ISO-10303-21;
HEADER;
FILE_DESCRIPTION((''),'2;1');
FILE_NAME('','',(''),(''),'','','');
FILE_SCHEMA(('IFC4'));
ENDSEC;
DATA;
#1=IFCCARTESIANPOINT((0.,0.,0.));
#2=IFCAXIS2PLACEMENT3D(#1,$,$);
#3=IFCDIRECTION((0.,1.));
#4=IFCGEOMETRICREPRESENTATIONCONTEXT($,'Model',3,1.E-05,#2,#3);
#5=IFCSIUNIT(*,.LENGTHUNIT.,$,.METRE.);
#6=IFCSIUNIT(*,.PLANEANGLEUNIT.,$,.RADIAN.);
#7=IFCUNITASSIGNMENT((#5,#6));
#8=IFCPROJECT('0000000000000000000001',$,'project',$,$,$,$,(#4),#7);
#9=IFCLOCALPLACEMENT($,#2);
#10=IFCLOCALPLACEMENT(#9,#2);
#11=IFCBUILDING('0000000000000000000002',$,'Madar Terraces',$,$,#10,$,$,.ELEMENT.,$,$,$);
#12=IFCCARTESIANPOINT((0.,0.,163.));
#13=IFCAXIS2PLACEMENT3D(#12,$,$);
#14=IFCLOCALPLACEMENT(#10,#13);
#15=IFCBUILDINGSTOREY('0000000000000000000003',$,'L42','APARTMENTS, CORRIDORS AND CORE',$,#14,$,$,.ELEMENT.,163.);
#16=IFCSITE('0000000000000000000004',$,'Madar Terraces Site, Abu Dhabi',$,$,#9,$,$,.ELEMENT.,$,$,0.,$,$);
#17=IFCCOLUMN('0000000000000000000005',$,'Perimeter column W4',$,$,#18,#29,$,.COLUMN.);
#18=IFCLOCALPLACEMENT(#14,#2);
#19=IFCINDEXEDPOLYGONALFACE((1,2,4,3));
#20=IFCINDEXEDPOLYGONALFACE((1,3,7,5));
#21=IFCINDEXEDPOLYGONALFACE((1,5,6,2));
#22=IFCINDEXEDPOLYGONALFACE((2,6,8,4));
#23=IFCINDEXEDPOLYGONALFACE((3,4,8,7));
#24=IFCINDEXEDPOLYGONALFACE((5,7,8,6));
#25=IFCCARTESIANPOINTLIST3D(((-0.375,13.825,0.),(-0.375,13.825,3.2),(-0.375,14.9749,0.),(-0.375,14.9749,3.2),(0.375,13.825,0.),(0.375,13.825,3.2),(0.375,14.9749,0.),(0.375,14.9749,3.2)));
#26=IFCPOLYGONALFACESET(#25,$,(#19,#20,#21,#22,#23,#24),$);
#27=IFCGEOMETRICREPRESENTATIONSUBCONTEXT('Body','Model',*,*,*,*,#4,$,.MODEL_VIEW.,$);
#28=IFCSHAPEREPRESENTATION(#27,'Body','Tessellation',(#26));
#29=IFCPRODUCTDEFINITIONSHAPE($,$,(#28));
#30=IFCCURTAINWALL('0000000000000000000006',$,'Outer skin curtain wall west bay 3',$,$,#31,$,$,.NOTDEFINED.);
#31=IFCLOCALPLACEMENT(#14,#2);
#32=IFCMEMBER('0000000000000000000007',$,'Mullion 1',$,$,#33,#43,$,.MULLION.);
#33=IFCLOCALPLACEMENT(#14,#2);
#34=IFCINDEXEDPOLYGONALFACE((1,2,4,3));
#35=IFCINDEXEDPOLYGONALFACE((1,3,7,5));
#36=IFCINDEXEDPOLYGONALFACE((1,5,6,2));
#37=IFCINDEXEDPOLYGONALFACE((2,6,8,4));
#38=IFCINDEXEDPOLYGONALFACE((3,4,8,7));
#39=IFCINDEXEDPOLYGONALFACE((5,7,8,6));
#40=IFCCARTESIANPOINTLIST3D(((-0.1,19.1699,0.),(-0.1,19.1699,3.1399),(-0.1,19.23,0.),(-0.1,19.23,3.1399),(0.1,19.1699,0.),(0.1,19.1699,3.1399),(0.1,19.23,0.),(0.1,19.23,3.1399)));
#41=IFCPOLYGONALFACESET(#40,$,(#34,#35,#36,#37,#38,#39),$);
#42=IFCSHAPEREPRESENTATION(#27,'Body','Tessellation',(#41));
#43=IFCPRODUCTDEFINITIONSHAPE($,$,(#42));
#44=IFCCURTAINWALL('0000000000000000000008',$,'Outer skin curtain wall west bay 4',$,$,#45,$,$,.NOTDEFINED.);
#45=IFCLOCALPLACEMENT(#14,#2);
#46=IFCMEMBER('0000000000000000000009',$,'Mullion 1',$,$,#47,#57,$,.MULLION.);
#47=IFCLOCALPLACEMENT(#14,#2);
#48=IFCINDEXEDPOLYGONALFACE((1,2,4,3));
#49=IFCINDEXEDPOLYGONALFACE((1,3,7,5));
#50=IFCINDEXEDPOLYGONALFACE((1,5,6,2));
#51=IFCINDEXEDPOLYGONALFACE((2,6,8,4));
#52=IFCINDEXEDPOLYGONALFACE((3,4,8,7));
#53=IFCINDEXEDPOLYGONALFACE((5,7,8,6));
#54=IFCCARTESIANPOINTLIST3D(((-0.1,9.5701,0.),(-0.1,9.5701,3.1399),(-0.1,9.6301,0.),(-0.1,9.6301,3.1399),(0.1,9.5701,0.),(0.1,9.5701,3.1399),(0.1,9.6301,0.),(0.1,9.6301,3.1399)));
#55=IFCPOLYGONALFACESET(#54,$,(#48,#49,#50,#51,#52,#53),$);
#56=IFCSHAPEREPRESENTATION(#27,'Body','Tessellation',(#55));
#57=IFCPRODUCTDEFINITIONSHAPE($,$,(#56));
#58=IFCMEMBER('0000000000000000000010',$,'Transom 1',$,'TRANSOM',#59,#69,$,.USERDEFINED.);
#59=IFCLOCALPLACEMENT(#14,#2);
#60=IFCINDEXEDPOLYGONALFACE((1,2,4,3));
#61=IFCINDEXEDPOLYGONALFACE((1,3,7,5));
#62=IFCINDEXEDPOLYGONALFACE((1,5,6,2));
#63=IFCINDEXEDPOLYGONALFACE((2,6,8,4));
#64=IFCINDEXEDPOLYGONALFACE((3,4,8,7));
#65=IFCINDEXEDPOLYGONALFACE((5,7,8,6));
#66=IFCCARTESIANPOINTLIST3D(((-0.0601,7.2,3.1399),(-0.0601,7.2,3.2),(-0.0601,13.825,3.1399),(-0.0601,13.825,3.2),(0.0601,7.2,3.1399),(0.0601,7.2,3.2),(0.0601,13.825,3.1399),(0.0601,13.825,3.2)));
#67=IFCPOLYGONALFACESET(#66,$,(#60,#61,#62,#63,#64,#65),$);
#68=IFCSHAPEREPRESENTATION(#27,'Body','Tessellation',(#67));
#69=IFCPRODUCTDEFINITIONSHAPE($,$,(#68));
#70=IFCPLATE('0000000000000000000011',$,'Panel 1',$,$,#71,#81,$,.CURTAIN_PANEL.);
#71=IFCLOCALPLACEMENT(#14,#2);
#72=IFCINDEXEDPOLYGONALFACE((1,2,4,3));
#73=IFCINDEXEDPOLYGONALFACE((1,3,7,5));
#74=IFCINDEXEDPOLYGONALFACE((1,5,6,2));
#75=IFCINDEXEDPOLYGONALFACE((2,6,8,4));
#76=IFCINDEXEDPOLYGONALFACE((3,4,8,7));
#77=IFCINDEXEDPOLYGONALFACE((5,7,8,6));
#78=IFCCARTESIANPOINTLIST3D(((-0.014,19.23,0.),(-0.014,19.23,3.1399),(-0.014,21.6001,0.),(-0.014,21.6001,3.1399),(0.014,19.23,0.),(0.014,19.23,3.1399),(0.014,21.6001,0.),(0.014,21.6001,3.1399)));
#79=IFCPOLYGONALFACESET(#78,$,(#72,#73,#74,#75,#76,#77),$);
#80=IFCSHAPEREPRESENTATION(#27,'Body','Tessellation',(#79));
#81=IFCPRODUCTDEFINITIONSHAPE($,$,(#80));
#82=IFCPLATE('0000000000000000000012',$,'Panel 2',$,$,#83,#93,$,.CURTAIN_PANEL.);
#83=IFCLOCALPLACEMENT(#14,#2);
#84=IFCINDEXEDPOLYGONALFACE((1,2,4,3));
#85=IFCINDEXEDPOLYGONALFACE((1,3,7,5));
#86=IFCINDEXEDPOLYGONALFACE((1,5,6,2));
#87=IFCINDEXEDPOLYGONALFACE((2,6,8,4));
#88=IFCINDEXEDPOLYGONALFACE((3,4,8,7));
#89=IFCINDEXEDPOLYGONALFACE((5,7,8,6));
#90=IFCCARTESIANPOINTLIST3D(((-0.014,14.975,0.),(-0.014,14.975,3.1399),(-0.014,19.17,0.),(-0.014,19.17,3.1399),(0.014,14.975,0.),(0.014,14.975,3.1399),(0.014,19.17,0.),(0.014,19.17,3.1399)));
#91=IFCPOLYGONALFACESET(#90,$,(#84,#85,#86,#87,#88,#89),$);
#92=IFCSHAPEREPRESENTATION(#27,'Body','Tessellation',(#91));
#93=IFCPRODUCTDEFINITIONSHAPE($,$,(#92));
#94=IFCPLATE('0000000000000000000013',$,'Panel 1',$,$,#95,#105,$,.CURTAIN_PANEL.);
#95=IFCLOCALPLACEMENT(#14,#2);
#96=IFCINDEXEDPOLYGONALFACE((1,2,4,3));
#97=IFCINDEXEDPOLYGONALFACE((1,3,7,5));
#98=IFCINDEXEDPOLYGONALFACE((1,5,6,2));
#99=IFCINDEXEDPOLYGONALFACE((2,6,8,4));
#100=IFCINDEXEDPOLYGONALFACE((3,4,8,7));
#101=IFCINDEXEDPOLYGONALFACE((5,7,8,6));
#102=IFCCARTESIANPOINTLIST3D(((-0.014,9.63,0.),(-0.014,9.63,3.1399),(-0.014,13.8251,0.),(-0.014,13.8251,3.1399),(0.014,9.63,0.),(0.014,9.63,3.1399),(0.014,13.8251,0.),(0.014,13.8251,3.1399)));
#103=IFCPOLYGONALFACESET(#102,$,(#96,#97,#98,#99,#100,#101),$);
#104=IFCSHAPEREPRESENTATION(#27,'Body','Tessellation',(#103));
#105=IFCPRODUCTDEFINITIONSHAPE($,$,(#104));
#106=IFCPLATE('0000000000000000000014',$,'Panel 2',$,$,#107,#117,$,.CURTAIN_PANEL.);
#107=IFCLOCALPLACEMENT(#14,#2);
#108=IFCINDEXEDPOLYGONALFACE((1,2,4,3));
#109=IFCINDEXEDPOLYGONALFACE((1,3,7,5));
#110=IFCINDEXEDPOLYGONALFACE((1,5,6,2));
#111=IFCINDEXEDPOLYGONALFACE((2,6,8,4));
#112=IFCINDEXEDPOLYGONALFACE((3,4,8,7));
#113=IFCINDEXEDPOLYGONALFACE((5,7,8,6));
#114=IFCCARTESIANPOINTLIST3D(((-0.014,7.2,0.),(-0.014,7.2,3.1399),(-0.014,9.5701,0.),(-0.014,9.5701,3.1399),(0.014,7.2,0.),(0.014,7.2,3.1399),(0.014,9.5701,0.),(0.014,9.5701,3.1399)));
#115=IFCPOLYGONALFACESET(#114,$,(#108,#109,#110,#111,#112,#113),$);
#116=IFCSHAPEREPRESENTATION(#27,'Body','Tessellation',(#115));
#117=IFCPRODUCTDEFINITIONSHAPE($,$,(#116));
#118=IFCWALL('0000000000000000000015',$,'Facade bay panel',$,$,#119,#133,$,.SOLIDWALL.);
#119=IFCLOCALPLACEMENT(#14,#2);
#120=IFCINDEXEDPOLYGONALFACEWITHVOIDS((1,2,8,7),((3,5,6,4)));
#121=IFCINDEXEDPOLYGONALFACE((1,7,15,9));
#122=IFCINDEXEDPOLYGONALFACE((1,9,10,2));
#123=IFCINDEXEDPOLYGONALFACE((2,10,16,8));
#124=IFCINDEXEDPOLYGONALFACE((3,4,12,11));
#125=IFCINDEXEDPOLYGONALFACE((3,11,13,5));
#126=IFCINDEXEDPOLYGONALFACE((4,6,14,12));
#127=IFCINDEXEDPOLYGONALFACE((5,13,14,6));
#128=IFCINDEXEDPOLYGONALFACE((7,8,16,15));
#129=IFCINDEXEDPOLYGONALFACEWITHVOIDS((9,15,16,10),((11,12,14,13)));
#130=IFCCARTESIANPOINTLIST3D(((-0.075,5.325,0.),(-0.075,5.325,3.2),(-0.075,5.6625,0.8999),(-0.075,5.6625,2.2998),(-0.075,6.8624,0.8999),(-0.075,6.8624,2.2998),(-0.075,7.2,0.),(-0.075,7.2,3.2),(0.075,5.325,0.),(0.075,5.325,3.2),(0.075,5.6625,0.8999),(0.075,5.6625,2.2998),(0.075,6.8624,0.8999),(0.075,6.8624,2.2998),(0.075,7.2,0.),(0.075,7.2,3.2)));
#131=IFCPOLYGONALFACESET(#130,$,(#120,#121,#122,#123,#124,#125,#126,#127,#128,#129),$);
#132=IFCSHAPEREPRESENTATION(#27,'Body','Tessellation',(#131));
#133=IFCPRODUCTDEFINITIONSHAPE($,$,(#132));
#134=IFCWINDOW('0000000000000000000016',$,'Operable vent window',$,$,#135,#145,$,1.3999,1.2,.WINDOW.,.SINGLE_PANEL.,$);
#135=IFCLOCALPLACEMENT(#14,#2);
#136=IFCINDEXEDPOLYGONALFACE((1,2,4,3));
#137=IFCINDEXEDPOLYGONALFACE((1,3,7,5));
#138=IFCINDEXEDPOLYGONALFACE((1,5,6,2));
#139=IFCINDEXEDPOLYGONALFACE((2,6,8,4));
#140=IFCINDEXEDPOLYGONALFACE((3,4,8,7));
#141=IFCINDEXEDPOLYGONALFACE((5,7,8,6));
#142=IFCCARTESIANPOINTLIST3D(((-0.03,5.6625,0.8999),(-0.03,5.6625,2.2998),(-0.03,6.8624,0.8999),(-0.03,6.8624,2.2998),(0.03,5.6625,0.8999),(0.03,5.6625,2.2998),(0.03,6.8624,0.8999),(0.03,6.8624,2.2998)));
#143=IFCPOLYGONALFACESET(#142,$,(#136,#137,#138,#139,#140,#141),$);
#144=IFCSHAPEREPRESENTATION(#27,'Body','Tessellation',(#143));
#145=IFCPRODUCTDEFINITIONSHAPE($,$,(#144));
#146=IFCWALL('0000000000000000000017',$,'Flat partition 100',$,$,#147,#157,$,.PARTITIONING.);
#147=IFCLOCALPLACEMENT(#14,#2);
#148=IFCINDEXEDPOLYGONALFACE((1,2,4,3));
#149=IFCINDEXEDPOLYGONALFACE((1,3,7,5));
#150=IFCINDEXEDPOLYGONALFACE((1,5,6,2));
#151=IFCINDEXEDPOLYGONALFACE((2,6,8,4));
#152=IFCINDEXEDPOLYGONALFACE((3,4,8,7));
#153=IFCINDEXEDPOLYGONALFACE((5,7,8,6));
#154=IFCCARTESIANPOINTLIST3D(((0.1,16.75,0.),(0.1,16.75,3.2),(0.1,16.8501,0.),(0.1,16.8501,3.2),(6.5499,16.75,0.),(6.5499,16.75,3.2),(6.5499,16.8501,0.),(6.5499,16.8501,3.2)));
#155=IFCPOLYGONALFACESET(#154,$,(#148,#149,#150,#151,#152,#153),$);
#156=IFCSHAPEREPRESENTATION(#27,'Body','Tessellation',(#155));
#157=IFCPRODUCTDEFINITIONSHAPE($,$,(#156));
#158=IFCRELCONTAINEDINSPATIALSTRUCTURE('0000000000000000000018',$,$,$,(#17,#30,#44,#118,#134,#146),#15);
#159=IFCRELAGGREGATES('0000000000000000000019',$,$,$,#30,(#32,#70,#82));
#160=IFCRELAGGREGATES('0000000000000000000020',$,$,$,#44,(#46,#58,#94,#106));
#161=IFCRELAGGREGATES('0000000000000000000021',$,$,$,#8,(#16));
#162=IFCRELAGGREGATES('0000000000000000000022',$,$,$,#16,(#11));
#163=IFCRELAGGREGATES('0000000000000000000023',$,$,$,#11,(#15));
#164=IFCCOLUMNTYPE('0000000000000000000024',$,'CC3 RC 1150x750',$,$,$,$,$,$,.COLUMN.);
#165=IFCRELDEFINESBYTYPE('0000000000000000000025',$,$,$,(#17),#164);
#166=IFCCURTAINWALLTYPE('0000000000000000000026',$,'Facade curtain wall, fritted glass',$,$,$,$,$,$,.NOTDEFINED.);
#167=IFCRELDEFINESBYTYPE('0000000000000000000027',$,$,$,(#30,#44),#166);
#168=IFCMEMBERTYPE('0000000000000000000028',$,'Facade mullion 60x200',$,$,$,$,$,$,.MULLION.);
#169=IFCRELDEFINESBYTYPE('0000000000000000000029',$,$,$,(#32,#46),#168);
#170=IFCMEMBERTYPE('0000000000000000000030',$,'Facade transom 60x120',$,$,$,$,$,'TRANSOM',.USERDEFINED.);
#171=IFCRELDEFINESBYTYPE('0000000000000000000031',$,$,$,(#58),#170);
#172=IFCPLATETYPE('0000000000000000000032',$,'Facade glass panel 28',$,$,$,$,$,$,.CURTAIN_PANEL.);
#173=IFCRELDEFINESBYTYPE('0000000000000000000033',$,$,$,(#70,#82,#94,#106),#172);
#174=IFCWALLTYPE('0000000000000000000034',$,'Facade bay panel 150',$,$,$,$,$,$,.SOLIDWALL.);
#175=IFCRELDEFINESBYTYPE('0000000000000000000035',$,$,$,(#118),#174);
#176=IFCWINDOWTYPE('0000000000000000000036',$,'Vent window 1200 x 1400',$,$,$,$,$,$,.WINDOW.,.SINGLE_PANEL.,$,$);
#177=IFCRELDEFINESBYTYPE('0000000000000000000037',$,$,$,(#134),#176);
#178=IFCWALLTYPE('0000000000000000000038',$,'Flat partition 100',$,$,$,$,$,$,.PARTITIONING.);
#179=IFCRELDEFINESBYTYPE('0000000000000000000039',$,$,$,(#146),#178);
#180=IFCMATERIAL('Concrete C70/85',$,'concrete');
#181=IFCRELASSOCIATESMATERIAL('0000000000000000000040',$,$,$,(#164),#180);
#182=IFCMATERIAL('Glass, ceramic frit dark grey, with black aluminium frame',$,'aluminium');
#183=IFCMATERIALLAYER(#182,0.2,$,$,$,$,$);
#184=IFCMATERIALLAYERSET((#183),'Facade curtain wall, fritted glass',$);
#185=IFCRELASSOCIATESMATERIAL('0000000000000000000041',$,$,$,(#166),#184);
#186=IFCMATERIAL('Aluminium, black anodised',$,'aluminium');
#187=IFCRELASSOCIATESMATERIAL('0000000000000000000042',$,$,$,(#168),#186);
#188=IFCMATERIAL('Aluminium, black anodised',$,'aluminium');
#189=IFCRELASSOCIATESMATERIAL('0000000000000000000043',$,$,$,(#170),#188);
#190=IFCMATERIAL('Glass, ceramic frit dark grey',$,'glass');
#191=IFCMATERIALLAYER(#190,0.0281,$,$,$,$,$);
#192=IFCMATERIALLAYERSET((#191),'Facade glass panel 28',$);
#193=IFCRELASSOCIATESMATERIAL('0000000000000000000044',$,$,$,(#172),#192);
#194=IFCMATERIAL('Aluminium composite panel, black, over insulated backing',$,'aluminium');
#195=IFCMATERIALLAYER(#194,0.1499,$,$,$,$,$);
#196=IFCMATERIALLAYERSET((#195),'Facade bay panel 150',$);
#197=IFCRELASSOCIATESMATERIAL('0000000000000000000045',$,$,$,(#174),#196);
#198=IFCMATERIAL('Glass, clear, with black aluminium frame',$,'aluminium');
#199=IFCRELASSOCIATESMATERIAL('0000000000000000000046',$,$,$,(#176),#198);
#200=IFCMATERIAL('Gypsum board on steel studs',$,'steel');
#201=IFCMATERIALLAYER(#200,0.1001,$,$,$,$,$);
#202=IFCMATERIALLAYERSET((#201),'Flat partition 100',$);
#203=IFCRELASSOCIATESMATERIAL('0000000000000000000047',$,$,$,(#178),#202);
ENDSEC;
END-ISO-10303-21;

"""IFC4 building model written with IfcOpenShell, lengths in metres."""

from ifc_helpers import new_model, si_unit, direction, frame, frame_2d, origin, origin_2d, place, context, subcontext, project, spatial, rectangle, extrude, material, layer, layer_set, material_profile, profile_set, type_object, element, fill, aggregate, save


model = new_model("IFC4")

# Units and contexts
model_context = context("Model", 3, precision=1e-05, world=origin(), true_north=direction((0.0, 1.0)))
body_context = subcontext(model_context, "Body", "Model", "MODEL_VIEW")
ifc_project = project(units=[si_unit("LENGTHUNIT", "METRE"), si_unit("PLANEANGLEUNIT", "RADIAN")], contexts=[model_context])

# Site, building, storey
site_placement = place(None, origin())
site = spatial("IfcSite", under=ifc_project, at=site_placement, Name="Madar Terraces Site, Abu Dhabi", CompositionType="ELEMENT", RefElevation=0.0)
building_placement = place(site_placement, origin())
building = spatial("IfcBuilding", under=site, at=building_placement, Name="Madar Terraces", CompositionType="ELEMENT")
storey_placement = place(building_placement, frame((0.0, 0.0, 163.0)))
storey = spatial("IfcBuildingStorey", under=building, at=storey_placement, Name="L42", Description="APARTMENTS, CORRIDORS AND CORE", CompositionType="ELEMENT", Elevation=163.0)

# Column
ifc_material_1 = material(Name="Concrete C70/85", Category="concrete")
ifc_material_profile_1 = material_profile(ifc_material_1, rectangle(XDim=1.1499, YDim=0.75, at=origin_2d()), Name="CC3 RC 1150x750")
ifc_profile_set_1 = profile_set([ifc_material_profile_1], Name="Concrete C70/85")
column_type = type_object("IfcColumnType", Name="CC3 RC 1150x750", PredefinedType="COLUMN", material=ifc_profile_set_1)
column_placement = place(storey_placement, frame((0.0, 14.3999, 0.0), z_axis=(0.0, 0.0, 1.0), x_axis=(0.0, 1.0, 0.0)))
element("IfcColumn", 1, at=column_placement, inside=storey, type_object=column_type, Name="Perimeter column W4", PredefinedType="COLUMN", context=body_context, shape_type="SweptSolid", body=[
    extrude(rectangle(XDim=1.1499, YDim=0.75, at=origin_2d()), origin(), (0.0, 0.0, 1.0), 3.2),
])

# Curtain wall, member
ifc_material_2 = material(Name="Glass, ceramic frit dark grey, with black aluminium frame", Category="aluminium")
ifc_layer_1 = layer(ifc_material_2, 0.2)
ifc_layer_set_1 = layer_set([ifc_layer_1], Name="Facade curtain wall, fritted glass")
curtain_wall_type = type_object("IfcCurtainWallType", Name="Facade curtain wall, fritted glass", PredefinedType="NOTDEFINED", material=ifc_layer_set_1)
curtain_wall_1_placement = place(storey_placement, origin())
curtain_wall_1 = element("IfcCurtainWall", 2, at=curtain_wall_1_placement, inside=storey, type_object=curtain_wall_type, Name="Outer skin curtain wall west bay 3", PredefinedType="NOTDEFINED")
ifc_material_3 = material(Name="Aluminium, black anodised", Category="aluminium")
ifc_material_profile_2 = material_profile(ifc_material_3, rectangle(XDim=0.2, YDim=0.0601, at=origin_2d()), Name="Facade mullion 60x200")
ifc_profile_set_2 = profile_set([ifc_material_profile_2], Name="Aluminium, black anodised")
member_type_1 = type_object("IfcMemberType", Name="Facade mullion 60x200", PredefinedType="MULLION", material=ifc_profile_set_2)
member_1_placement = place(storey_placement, frame((0.0, 19.2, 0.0), z_axis=(0.0, 0.0, 1.0), x_axis=(1.0, 0.0, 0.0)))
member_1 = element("IfcMember", 3, at=member_1_placement, type_object=member_type_1, Name="Mullion 1", PredefinedType="MULLION", context=body_context, shape_type="SweptSolid", body=[
    extrude(rectangle(XDim=0.2, YDim=0.0601, at=origin_2d()), origin(), (0.0, 0.0, 1.0), 3.1399),
])

# Curtain wall, members
curtain_wall_2_placement = place(storey_placement, origin())
curtain_wall_2 = element("IfcCurtainWall", 4, at=curtain_wall_2_placement, inside=storey, type_object=curtain_wall_type, Name="Outer skin curtain wall west bay 4", PredefinedType="NOTDEFINED")
member_2_placement = place(storey_placement, frame((0.0, 9.6001, 0.0), z_axis=(0.0, 0.0, 1.0), x_axis=(1.0, 0.0, 0.0)))
member_2 = element("IfcMember", 5, at=member_2_placement, type_object=member_type_1, Name="Mullion 1", PredefinedType="MULLION", context=body_context, shape_type="SweptSolid", body=[
    extrude(rectangle(XDim=0.2, YDim=0.0601, at=origin_2d()), origin(), (0.0, 0.0, 1.0), 3.1399),
])
ifc_material_4 = material(Name="Aluminium, black anodised", Category="aluminium")
ifc_material_profile_3 = material_profile(ifc_material_4, rectangle(XDim=0.1201, YDim=0.0601, at=origin_2d()), Name="Facade transom 60x120")
ifc_profile_set_3 = profile_set([ifc_material_profile_3], Name="Aluminium, black anodised")
member_type_2 = type_object("IfcMemberType", Name="Facade transom 60x120", ElementType="TRANSOM", PredefinedType="USERDEFINED", material=ifc_profile_set_3)
member_3_placement = place(storey_placement, frame((0.0, 13.825, 3.1699), z_axis=(0.0, -1.0, 0.0), x_axis=(1.0, 0.0, 0.0)))
member_3 = element("IfcMember", 6, at=member_3_placement, type_object=member_type_2, Name="Transom 1", ObjectType="TRANSOM", PredefinedType="USERDEFINED", context=body_context, shape_type="SweptSolid", body=[
    extrude(rectangle(XDim=0.1201, YDim=0.0601, at=origin_2d()), origin(), (0.0, 0.0, 1.0), 6.625),
])

# Plates
ifc_material_5 = material(Name="Glass, ceramic frit dark grey", Category="glass")
ifc_layer_2 = layer(ifc_material_5, 0.0281)
ifc_layer_set_2 = layer_set([ifc_layer_2], Name="Facade glass panel 28")
plate_type = type_object("IfcPlateType", Name="Facade glass panel 28", PredefinedType="CURTAIN_PANEL", material=ifc_layer_set_2)
plate_1_placement = place(storey_placement, frame((0.0, 20.415, 0.0), z_axis=(0.0, 0.0, 1.0), x_axis=(0.0, -1.0, 0.0)))
plate_1 = element("IfcPlate", 7, at=plate_1_placement, type_object=plate_type, Name="Panel 1", PredefinedType="CURTAIN_PANEL", context=body_context, shape_type="SweptSolid", body=[
    extrude(rectangle(XDim=2.3701, YDim=0.0281, at=origin_2d()), origin(), (0.0, 0.0, 1.0), 3.1399),
])
plate_2_placement = place(storey_placement, frame((0.0, 17.0725, 0.0), z_axis=(0.0, 0.0, 1.0), x_axis=(0.0, -1.0, 0.0)))
plate_2 = element("IfcPlate", 8, at=plate_2_placement, type_object=plate_type, Name="Panel 2", PredefinedType="CURTAIN_PANEL", context=body_context, shape_type="SweptSolid", body=[
    extrude(rectangle(XDim=4.1951, YDim=0.0281, at=origin_2d()), origin(), (0.0, 0.0, 1.0), 3.1399),
])
aggregate(curtain_wall_1, [member_1, plate_1, plate_2])
plate_3_placement = place(storey_placement, frame((0.0, 11.7275, 0.0), z_axis=(0.0, 0.0, 1.0), x_axis=(0.0, -1.0, 0.0)))
plate_3 = element("IfcPlate", 9, at=plate_3_placement, type_object=plate_type, Name="Panel 1", PredefinedType="CURTAIN_PANEL", context=body_context, shape_type="SweptSolid", body=[
    extrude(rectangle(XDim=4.1951, YDim=0.0281, at=origin_2d()), origin(), (0.0, 0.0, 1.0), 3.1399),
])
plate_4_placement = place(storey_placement, frame((0.0, 8.385, 0.0), z_axis=(0.0, 0.0, 1.0), x_axis=(0.0, -1.0, 0.0)))
plate_4 = element("IfcPlate", 10, at=plate_4_placement, type_object=plate_type, Name="Panel 2", PredefinedType="CURTAIN_PANEL", context=body_context, shape_type="SweptSolid", body=[
    extrude(rectangle(XDim=2.3701, YDim=0.0281, at=origin_2d()), origin(), (0.0, 0.0, 1.0), 3.1399),
])
aggregate(curtain_wall_2, [member_2, member_3, plate_3, plate_4])

# Wall, opening, window
ifc_material_6 = material(Name="Aluminium composite panel, black, over insulated backing", Category="aluminium")
ifc_layer_3 = layer(ifc_material_6, 0.1499)
ifc_layer_set_3 = layer_set([ifc_layer_3], Name="Facade bay panel 150")
wall_type_1 = type_object("IfcWallType", Name="Facade bay panel 150", PredefinedType="SOLIDWALL", material=ifc_layer_set_3)
wall_1_placement = place(storey_placement, frame((0.0, 7.2, 0.0), z_axis=(0.0, 0.0, 1.0), x_axis=(0.0, -1.0, 0.0)))
wall_1 = element("IfcWall", 11, at=wall_1_placement, inside=storey, type_object=wall_type_1, Name="Facade bay panel", PredefinedType="SOLIDWALL", context=body_context, shape_type="SweptSolid", body=[
    extrude(rectangle(XDim=1.875, YDim=0.1499, at=frame_2d((0.9375, 0.0))), origin(), (0.0, 0.0, 1.0), 3.2),
])
opening_1_placement = place(wall_1_placement, frame((0.3374, 0.0, 0.8999)))
opening_1 = element("IfcOpeningElement", 12, at=opening_1_placement, cuts=wall_1, PredefinedType="OPENING", context=body_context, shape_type="SweptSolid", body=[
    extrude(rectangle(XDim=1.2, YDim=1.3999, at=frame_2d((0.6001, 0.7))), frame((0.0, 0.085, 0.0), z_axis=(0.0, -1.0, 0.0), x_axis=(1.0, 0.0, 0.0)), (0.0, 0.0, 1.0), 0.1699),
])
ifc_material_7 = material(Name="Glass, clear, with black aluminium frame", Category="aluminium")
window_type = type_object("IfcWindowType", Name="Vent window 1200 x 1400", PartitioningType="SINGLE_PANEL", PredefinedType="WINDOW", material=ifc_material_7)
window_placement = place(opening_1_placement, origin())
window = element("IfcWindow", 13, at=window_placement, inside=storey, type_object=window_type, Name="Operable vent window", OverallHeight=1.3999, OverallWidth=1.2, PartitioningType="SINGLE_PANEL", PredefinedType="WINDOW", context=body_context, shape_type="SweptSolid", body=[
    extrude(rectangle(XDim=1.2, YDim=1.3999, at=frame_2d((0.6001, 0.7))), frame((0.0, 0.03, 0.0), z_axis=(0.0, -1.0, 0.0), x_axis=(1.0, 0.0, 0.0)), (0.0, 0.0, 1.0), 0.0601),
])
fill(opening_1, window)

# Wall
ifc_material_8 = material(Name="Gypsum board on steel studs", Category="steel")
ifc_layer_4 = layer(ifc_material_8, 0.1001)
ifc_layer_set_4 = layer_set([ifc_layer_4], Name="Flat partition 100")
wall_type_2 = type_object("IfcWallType", Name="Flat partition 100", PredefinedType="PARTITIONING", material=ifc_layer_set_4)
wall_2_placement = place(storey_placement, frame((6.55, 16.8, 0.0), z_axis=(0.0, 0.0, 1.0), x_axis=(-1.0, 0.0, 0.0)))
element("IfcWall", 14, at=wall_2_placement, inside=storey, type_object=wall_type_2, Name="Flat partition 100", PredefinedType="PARTITIONING", context=body_context, shape_type="SweptSolid", body=[
    extrude(rectangle(XDim=6.45, YDim=0.1001, at=frame_2d((3.2251, 0.0))), origin(), (0.0, 0.0, 1.0), 3.2),
])

save(model, "model.ifc")
